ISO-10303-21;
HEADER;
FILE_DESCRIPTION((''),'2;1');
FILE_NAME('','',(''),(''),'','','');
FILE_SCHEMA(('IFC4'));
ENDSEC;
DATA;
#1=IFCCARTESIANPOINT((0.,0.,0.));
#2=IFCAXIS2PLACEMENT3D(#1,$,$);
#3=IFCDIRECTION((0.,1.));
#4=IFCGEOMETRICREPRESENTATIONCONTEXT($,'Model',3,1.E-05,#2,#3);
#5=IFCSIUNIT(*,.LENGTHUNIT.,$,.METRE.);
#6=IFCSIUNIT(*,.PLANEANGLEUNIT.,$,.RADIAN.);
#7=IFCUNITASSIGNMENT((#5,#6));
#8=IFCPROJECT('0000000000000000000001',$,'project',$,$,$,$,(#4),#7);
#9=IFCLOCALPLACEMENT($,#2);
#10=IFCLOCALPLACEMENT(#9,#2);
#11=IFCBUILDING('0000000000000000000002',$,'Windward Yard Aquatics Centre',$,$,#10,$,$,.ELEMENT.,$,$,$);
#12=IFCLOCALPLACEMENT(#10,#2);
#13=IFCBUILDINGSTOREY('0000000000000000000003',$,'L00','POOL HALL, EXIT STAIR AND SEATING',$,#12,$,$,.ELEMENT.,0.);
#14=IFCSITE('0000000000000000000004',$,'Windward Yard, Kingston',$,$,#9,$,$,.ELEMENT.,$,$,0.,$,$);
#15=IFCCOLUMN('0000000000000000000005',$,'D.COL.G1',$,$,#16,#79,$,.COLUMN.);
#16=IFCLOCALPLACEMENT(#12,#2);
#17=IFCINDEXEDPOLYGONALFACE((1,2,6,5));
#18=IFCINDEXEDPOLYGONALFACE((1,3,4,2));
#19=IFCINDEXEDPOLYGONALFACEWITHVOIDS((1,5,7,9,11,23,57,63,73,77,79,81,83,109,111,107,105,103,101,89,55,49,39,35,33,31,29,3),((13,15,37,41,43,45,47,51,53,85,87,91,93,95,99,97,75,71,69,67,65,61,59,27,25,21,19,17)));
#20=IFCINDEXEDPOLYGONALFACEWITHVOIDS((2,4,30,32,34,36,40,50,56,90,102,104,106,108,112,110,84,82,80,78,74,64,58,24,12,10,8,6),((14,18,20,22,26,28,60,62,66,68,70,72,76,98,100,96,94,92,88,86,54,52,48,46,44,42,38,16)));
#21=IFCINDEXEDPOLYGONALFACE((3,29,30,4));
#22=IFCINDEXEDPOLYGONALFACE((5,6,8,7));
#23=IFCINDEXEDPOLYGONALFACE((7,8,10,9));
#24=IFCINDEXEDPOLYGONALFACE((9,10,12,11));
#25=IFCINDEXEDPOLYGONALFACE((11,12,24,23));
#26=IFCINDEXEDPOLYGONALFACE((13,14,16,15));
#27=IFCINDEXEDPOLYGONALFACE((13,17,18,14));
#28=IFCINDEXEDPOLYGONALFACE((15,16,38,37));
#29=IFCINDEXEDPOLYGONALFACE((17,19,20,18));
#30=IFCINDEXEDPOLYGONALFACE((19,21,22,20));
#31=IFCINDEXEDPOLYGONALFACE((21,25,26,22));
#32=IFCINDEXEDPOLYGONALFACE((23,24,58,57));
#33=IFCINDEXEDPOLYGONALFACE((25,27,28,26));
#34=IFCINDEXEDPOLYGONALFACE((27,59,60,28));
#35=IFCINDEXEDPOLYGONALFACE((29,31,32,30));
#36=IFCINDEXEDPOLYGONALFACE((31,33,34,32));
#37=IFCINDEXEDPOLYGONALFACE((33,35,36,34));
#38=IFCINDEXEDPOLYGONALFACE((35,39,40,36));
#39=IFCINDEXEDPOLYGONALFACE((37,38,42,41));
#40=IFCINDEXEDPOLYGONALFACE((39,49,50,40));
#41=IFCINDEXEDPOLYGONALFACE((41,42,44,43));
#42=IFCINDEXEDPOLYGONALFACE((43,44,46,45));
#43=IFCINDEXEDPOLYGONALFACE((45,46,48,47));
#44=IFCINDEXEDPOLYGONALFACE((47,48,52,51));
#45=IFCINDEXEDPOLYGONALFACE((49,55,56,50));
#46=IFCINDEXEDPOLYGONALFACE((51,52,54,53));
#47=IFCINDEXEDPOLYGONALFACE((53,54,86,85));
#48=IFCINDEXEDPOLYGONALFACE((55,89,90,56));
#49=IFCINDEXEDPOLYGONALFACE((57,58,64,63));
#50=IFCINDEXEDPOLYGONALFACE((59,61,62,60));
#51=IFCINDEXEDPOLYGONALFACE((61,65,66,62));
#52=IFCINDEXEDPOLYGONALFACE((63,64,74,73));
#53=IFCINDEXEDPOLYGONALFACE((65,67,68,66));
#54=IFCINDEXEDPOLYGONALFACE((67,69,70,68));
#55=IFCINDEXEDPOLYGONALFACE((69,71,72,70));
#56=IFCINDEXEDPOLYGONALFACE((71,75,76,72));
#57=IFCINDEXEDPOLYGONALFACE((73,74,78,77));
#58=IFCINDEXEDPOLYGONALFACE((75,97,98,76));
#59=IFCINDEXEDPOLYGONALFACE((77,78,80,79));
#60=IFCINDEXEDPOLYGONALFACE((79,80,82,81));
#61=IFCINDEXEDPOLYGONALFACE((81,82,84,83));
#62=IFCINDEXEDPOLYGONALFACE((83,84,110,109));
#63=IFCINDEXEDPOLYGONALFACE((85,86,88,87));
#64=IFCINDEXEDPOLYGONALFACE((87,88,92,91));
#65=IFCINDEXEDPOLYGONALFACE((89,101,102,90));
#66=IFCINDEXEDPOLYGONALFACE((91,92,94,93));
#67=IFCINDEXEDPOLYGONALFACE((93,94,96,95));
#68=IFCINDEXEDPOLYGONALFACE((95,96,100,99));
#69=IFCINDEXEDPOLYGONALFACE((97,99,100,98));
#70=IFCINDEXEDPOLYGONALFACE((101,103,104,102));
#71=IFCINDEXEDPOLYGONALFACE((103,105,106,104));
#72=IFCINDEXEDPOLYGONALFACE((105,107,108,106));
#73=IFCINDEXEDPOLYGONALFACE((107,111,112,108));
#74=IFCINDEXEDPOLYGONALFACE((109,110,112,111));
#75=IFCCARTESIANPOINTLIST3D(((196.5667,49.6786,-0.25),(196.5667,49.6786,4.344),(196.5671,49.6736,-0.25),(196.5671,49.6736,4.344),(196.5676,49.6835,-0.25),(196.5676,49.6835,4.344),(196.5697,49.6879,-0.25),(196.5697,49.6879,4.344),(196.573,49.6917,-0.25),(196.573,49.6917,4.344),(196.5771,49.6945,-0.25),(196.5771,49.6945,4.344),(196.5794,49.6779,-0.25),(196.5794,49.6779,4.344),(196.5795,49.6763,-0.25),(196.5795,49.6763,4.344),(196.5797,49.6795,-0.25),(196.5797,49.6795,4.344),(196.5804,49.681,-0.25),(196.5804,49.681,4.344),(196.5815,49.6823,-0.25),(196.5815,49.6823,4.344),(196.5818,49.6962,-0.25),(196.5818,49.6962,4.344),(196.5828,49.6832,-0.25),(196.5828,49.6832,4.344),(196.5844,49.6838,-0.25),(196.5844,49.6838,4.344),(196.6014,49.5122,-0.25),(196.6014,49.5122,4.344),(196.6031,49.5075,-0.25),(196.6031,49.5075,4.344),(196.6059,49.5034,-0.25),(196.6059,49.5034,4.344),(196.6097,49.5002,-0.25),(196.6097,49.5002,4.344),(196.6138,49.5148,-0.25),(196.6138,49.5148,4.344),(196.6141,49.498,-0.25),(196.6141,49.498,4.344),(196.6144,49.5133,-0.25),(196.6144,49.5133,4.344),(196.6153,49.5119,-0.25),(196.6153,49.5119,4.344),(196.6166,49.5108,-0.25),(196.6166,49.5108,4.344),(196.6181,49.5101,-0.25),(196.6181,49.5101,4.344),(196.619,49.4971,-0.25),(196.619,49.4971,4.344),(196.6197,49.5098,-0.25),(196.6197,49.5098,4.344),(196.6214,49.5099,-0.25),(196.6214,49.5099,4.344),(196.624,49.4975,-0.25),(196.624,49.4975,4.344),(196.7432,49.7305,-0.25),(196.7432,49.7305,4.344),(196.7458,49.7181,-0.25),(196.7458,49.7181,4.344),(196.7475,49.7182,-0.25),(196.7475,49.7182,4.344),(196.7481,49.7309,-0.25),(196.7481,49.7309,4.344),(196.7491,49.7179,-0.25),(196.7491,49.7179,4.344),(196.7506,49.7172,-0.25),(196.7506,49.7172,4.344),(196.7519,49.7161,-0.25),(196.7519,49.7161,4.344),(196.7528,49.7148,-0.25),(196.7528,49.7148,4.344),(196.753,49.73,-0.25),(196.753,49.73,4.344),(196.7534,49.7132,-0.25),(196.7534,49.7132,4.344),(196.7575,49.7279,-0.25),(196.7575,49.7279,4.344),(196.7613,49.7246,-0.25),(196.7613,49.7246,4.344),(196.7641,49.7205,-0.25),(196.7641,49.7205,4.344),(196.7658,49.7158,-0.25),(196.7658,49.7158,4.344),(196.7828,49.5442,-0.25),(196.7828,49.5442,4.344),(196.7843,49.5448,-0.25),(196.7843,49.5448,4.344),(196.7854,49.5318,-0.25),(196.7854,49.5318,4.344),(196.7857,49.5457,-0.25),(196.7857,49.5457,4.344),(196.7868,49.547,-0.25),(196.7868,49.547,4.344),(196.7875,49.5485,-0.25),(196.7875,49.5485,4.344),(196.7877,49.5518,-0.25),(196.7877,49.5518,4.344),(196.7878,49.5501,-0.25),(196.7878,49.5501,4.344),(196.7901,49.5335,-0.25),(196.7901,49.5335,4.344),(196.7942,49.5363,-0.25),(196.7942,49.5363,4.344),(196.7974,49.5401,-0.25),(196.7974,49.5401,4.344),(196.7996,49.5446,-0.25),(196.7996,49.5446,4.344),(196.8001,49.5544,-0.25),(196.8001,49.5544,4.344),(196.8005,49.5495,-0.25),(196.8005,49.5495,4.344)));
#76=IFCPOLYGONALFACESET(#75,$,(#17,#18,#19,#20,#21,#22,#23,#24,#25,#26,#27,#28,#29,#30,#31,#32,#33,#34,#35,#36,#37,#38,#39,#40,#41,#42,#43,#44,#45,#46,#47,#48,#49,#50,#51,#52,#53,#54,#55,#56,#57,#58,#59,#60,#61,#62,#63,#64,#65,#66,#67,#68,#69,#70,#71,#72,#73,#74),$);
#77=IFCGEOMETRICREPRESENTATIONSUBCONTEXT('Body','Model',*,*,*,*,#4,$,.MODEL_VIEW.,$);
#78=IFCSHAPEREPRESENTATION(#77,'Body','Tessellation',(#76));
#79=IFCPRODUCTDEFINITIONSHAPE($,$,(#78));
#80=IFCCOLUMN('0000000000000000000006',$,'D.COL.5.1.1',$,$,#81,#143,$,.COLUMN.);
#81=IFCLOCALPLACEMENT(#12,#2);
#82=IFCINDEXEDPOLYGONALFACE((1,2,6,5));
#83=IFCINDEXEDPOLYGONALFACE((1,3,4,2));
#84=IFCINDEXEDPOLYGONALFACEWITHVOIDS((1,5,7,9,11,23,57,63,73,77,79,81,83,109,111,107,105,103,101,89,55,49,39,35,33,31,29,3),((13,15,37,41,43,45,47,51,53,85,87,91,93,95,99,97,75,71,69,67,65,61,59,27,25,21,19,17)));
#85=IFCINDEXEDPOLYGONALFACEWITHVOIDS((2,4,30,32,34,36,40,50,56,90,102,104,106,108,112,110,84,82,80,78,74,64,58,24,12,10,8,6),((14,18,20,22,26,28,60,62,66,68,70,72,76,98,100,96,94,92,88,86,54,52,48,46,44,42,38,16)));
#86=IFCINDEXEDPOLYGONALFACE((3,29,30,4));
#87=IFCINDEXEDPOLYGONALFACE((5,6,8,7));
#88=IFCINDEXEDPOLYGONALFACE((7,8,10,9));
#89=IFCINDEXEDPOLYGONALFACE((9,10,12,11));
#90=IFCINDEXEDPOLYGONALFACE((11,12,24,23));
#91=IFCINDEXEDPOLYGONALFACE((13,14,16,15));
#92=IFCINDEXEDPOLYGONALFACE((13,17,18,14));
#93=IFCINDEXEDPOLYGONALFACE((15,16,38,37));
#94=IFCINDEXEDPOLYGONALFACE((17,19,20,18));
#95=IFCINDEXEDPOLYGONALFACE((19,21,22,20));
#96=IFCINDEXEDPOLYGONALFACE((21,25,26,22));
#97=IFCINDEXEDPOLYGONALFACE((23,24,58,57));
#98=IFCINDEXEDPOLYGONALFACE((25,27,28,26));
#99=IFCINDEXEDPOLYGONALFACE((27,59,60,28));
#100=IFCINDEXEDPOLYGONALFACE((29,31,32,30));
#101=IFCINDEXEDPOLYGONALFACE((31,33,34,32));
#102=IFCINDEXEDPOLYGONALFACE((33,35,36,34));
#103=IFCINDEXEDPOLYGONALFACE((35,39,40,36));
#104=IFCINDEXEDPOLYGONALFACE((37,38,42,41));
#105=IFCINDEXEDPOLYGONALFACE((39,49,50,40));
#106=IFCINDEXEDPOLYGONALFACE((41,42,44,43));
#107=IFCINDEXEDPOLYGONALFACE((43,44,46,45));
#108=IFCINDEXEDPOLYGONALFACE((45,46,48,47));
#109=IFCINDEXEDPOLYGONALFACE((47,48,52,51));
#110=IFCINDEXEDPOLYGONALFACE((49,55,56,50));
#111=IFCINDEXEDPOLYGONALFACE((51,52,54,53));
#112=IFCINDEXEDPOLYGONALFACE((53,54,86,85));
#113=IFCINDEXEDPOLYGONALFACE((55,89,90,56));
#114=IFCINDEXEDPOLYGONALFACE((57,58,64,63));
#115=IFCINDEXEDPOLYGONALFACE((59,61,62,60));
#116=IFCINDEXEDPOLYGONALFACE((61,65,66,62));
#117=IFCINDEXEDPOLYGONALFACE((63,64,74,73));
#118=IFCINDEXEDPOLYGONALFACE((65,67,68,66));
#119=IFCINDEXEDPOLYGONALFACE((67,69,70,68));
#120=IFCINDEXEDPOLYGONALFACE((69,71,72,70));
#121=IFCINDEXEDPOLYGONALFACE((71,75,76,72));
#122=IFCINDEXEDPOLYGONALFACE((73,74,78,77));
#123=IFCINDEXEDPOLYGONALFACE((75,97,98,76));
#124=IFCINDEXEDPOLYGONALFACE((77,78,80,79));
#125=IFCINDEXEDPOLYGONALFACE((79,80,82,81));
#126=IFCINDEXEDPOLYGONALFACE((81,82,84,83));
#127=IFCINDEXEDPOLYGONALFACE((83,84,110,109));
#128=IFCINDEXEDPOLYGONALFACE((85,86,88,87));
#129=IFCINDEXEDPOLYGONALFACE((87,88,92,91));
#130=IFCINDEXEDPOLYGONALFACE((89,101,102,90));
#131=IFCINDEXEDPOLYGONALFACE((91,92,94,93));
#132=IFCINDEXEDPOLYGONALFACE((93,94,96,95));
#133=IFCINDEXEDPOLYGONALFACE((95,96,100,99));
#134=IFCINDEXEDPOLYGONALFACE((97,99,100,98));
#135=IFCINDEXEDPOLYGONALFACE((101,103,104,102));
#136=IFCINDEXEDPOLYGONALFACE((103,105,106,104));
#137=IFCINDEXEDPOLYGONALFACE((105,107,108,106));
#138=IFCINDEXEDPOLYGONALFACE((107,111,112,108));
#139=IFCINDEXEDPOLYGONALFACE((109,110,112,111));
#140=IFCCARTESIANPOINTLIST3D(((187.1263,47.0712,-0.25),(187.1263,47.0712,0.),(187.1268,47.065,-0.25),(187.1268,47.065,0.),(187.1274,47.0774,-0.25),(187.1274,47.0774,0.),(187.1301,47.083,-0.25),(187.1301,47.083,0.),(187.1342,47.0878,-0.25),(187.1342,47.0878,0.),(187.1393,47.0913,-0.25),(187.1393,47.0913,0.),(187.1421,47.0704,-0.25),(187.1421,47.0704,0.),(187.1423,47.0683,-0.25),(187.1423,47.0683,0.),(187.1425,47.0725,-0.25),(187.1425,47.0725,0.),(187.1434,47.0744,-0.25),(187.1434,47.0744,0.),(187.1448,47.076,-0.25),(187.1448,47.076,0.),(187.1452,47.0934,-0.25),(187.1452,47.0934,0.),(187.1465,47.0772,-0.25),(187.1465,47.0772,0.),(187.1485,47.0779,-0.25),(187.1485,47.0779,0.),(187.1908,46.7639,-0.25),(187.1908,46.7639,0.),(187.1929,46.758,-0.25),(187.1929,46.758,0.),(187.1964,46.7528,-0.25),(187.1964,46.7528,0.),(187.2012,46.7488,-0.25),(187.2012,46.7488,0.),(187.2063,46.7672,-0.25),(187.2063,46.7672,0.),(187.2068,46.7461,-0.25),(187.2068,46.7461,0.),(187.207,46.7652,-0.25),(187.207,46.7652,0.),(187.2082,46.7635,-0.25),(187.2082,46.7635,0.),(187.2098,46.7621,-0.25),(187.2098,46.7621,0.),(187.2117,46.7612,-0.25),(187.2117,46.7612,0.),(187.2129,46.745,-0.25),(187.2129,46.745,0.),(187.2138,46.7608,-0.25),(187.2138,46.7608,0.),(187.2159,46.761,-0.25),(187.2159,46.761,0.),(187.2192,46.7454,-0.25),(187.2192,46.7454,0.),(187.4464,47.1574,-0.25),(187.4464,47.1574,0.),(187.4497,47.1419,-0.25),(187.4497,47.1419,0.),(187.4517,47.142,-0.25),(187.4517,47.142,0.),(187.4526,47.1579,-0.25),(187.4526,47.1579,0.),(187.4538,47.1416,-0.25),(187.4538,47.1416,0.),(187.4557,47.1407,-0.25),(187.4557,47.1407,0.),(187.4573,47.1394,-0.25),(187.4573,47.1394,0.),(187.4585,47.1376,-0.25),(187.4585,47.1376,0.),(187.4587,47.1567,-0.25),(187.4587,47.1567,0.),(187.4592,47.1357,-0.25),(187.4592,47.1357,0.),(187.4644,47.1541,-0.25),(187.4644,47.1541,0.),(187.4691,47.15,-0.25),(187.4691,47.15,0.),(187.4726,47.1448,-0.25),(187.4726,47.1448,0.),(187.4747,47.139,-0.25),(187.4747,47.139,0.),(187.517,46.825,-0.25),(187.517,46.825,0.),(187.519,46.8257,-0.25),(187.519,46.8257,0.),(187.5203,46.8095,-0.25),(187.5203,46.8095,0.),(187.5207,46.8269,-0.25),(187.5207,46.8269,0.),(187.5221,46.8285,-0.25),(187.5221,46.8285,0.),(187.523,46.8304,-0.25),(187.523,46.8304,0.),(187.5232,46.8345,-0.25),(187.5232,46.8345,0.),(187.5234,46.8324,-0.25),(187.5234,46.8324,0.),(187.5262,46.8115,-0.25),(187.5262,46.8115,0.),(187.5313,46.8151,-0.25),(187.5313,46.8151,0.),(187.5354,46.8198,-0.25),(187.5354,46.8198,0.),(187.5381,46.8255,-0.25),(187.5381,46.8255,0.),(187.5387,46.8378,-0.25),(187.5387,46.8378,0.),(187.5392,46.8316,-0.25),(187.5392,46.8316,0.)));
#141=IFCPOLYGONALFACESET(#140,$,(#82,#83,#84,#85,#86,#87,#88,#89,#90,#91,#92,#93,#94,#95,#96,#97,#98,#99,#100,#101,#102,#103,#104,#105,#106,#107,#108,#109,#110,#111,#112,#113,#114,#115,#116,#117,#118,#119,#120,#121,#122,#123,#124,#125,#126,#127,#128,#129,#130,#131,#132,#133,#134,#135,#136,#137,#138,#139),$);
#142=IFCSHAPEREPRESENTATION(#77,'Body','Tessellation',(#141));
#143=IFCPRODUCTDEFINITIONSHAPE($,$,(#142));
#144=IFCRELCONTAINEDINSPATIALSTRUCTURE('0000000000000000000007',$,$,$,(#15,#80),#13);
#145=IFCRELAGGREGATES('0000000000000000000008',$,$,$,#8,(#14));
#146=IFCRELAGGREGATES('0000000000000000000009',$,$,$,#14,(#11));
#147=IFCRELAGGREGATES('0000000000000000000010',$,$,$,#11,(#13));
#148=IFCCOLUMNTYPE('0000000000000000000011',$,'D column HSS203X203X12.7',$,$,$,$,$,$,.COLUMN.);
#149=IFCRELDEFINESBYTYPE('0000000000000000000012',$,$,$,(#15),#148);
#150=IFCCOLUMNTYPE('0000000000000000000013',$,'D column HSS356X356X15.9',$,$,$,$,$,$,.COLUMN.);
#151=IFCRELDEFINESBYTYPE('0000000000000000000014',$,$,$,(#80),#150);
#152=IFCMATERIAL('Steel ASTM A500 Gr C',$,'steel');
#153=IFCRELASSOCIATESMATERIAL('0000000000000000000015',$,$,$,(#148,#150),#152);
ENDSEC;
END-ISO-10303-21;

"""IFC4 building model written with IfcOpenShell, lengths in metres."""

from ifc_helpers import new_model, si_unit, direction, frame, origin, origin_2d, place, context, subcontext, project, spatial, hollow_rectangle, extrude, material, material_profile, profile_set, type_object, element, save


model = new_model("IFC4")

# Units and contexts
model_context = context("Model", 3, precision=1e-05, world=origin(), true_north=direction((0.0, 1.0)))
body_context = subcontext(model_context, "Body", "Model", "MODEL_VIEW")
ifc_project = project(units=[si_unit("LENGTHUNIT", "METRE"), si_unit("PLANEANGLEUNIT", "RADIAN")], contexts=[model_context])

# Site, building, storey
site_placement = place(None, origin())
site = spatial("IfcSite", under=ifc_project, at=site_placement, Name="Windward Yard, Kingston", CompositionType="ELEMENT", RefElevation=0.0)
building_placement = place(site_placement, origin())
building = spatial("IfcBuilding", under=site, at=building_placement, Name="Windward Yard Aquatics Centre", CompositionType="ELEMENT")
storey_placement = place(building_placement, origin())
storey = spatial("IfcBuildingStorey", under=building, at=storey_placement, Name="L00", Description="POOL HALL, EXIT STAIR AND SEATING", CompositionType="ELEMENT", Elevation=0.0)

# Columns
ifc_material_1 = material(Name="Steel ASTM A500 Gr C", Category="steel")
ifc_material_profile_1 = material_profile(ifc_material_1, hollow_rectangle(XDim=0.2031, YDim=0.2031, WallThickness=0.0127, InnerFilletRadius=0.0063, OuterFilletRadius=0.019, at=origin_2d()), Name="HSS203X203X12.7")
ifc_profile_set_1 = profile_set([ifc_material_profile_1], Name="Steel ASTM A500 Gr C")
column_type_1 = type_object("IfcColumnType", Name="D column HSS203X203X12.7", PredefinedType="COLUMN", material=ifc_profile_set_1)
column_1_placement = place(storey_placement, frame((196.6836, 49.614, -0.25), z_axis=(0.0, 0.0, 1.0), x_axis=(0.978148, 0.207912, 0.0)))
element("IfcColumn", 1, at=column_1_placement, inside=storey, type_object=column_type_1, Name="D.COL.G1", PredefinedType="COLUMN", context=body_context, shape_type="SweptSolid", body=[
    extrude(hollow_rectangle(XDim=0.2031, YDim=0.2031, WallThickness=0.0127, InnerFilletRadius=0.0063, OuterFilletRadius=0.019, at=origin_2d()), origin(), (0.0, 0.0, 1.0), 4.594),
])
ifc_material_profile_2 = material_profile(ifc_material_1, hollow_rectangle(XDim=0.3557, YDim=0.3557, WallThickness=0.0159, InnerFilletRadius=0.0081, OuterFilletRadius=0.0239, at=origin_2d()), Name="HSS356X356X15.9")
ifc_profile_set_2 = profile_set([ifc_material_profile_2], Name="Steel ASTM A500 Gr C")
column_type_2 = type_object("IfcColumnType", Name="D column HSS356X356X15.9", PredefinedType="COLUMN", material=ifc_profile_set_2)
column_2_placement = place(storey_placement, frame((187.3328, 46.9514, -0.25), z_axis=(0.0, 0.0, 1.0), x_axis=(0.978148, 0.207912, 0.0)))
element("IfcColumn", 2, at=column_2_placement, inside=storey, type_object=column_type_2, Name="D.COL.5.1.1", PredefinedType="COLUMN", context=body_context, shape_type="SweptSolid", body=[
    extrude(hollow_rectangle(XDim=0.3557, YDim=0.3557, WallThickness=0.0159, InnerFilletRadius=0.0081, OuterFilletRadius=0.0239, at=origin_2d()), origin(), (0.0, 0.0, 1.0), 0.25),
])

save(model, "model.ifc")
